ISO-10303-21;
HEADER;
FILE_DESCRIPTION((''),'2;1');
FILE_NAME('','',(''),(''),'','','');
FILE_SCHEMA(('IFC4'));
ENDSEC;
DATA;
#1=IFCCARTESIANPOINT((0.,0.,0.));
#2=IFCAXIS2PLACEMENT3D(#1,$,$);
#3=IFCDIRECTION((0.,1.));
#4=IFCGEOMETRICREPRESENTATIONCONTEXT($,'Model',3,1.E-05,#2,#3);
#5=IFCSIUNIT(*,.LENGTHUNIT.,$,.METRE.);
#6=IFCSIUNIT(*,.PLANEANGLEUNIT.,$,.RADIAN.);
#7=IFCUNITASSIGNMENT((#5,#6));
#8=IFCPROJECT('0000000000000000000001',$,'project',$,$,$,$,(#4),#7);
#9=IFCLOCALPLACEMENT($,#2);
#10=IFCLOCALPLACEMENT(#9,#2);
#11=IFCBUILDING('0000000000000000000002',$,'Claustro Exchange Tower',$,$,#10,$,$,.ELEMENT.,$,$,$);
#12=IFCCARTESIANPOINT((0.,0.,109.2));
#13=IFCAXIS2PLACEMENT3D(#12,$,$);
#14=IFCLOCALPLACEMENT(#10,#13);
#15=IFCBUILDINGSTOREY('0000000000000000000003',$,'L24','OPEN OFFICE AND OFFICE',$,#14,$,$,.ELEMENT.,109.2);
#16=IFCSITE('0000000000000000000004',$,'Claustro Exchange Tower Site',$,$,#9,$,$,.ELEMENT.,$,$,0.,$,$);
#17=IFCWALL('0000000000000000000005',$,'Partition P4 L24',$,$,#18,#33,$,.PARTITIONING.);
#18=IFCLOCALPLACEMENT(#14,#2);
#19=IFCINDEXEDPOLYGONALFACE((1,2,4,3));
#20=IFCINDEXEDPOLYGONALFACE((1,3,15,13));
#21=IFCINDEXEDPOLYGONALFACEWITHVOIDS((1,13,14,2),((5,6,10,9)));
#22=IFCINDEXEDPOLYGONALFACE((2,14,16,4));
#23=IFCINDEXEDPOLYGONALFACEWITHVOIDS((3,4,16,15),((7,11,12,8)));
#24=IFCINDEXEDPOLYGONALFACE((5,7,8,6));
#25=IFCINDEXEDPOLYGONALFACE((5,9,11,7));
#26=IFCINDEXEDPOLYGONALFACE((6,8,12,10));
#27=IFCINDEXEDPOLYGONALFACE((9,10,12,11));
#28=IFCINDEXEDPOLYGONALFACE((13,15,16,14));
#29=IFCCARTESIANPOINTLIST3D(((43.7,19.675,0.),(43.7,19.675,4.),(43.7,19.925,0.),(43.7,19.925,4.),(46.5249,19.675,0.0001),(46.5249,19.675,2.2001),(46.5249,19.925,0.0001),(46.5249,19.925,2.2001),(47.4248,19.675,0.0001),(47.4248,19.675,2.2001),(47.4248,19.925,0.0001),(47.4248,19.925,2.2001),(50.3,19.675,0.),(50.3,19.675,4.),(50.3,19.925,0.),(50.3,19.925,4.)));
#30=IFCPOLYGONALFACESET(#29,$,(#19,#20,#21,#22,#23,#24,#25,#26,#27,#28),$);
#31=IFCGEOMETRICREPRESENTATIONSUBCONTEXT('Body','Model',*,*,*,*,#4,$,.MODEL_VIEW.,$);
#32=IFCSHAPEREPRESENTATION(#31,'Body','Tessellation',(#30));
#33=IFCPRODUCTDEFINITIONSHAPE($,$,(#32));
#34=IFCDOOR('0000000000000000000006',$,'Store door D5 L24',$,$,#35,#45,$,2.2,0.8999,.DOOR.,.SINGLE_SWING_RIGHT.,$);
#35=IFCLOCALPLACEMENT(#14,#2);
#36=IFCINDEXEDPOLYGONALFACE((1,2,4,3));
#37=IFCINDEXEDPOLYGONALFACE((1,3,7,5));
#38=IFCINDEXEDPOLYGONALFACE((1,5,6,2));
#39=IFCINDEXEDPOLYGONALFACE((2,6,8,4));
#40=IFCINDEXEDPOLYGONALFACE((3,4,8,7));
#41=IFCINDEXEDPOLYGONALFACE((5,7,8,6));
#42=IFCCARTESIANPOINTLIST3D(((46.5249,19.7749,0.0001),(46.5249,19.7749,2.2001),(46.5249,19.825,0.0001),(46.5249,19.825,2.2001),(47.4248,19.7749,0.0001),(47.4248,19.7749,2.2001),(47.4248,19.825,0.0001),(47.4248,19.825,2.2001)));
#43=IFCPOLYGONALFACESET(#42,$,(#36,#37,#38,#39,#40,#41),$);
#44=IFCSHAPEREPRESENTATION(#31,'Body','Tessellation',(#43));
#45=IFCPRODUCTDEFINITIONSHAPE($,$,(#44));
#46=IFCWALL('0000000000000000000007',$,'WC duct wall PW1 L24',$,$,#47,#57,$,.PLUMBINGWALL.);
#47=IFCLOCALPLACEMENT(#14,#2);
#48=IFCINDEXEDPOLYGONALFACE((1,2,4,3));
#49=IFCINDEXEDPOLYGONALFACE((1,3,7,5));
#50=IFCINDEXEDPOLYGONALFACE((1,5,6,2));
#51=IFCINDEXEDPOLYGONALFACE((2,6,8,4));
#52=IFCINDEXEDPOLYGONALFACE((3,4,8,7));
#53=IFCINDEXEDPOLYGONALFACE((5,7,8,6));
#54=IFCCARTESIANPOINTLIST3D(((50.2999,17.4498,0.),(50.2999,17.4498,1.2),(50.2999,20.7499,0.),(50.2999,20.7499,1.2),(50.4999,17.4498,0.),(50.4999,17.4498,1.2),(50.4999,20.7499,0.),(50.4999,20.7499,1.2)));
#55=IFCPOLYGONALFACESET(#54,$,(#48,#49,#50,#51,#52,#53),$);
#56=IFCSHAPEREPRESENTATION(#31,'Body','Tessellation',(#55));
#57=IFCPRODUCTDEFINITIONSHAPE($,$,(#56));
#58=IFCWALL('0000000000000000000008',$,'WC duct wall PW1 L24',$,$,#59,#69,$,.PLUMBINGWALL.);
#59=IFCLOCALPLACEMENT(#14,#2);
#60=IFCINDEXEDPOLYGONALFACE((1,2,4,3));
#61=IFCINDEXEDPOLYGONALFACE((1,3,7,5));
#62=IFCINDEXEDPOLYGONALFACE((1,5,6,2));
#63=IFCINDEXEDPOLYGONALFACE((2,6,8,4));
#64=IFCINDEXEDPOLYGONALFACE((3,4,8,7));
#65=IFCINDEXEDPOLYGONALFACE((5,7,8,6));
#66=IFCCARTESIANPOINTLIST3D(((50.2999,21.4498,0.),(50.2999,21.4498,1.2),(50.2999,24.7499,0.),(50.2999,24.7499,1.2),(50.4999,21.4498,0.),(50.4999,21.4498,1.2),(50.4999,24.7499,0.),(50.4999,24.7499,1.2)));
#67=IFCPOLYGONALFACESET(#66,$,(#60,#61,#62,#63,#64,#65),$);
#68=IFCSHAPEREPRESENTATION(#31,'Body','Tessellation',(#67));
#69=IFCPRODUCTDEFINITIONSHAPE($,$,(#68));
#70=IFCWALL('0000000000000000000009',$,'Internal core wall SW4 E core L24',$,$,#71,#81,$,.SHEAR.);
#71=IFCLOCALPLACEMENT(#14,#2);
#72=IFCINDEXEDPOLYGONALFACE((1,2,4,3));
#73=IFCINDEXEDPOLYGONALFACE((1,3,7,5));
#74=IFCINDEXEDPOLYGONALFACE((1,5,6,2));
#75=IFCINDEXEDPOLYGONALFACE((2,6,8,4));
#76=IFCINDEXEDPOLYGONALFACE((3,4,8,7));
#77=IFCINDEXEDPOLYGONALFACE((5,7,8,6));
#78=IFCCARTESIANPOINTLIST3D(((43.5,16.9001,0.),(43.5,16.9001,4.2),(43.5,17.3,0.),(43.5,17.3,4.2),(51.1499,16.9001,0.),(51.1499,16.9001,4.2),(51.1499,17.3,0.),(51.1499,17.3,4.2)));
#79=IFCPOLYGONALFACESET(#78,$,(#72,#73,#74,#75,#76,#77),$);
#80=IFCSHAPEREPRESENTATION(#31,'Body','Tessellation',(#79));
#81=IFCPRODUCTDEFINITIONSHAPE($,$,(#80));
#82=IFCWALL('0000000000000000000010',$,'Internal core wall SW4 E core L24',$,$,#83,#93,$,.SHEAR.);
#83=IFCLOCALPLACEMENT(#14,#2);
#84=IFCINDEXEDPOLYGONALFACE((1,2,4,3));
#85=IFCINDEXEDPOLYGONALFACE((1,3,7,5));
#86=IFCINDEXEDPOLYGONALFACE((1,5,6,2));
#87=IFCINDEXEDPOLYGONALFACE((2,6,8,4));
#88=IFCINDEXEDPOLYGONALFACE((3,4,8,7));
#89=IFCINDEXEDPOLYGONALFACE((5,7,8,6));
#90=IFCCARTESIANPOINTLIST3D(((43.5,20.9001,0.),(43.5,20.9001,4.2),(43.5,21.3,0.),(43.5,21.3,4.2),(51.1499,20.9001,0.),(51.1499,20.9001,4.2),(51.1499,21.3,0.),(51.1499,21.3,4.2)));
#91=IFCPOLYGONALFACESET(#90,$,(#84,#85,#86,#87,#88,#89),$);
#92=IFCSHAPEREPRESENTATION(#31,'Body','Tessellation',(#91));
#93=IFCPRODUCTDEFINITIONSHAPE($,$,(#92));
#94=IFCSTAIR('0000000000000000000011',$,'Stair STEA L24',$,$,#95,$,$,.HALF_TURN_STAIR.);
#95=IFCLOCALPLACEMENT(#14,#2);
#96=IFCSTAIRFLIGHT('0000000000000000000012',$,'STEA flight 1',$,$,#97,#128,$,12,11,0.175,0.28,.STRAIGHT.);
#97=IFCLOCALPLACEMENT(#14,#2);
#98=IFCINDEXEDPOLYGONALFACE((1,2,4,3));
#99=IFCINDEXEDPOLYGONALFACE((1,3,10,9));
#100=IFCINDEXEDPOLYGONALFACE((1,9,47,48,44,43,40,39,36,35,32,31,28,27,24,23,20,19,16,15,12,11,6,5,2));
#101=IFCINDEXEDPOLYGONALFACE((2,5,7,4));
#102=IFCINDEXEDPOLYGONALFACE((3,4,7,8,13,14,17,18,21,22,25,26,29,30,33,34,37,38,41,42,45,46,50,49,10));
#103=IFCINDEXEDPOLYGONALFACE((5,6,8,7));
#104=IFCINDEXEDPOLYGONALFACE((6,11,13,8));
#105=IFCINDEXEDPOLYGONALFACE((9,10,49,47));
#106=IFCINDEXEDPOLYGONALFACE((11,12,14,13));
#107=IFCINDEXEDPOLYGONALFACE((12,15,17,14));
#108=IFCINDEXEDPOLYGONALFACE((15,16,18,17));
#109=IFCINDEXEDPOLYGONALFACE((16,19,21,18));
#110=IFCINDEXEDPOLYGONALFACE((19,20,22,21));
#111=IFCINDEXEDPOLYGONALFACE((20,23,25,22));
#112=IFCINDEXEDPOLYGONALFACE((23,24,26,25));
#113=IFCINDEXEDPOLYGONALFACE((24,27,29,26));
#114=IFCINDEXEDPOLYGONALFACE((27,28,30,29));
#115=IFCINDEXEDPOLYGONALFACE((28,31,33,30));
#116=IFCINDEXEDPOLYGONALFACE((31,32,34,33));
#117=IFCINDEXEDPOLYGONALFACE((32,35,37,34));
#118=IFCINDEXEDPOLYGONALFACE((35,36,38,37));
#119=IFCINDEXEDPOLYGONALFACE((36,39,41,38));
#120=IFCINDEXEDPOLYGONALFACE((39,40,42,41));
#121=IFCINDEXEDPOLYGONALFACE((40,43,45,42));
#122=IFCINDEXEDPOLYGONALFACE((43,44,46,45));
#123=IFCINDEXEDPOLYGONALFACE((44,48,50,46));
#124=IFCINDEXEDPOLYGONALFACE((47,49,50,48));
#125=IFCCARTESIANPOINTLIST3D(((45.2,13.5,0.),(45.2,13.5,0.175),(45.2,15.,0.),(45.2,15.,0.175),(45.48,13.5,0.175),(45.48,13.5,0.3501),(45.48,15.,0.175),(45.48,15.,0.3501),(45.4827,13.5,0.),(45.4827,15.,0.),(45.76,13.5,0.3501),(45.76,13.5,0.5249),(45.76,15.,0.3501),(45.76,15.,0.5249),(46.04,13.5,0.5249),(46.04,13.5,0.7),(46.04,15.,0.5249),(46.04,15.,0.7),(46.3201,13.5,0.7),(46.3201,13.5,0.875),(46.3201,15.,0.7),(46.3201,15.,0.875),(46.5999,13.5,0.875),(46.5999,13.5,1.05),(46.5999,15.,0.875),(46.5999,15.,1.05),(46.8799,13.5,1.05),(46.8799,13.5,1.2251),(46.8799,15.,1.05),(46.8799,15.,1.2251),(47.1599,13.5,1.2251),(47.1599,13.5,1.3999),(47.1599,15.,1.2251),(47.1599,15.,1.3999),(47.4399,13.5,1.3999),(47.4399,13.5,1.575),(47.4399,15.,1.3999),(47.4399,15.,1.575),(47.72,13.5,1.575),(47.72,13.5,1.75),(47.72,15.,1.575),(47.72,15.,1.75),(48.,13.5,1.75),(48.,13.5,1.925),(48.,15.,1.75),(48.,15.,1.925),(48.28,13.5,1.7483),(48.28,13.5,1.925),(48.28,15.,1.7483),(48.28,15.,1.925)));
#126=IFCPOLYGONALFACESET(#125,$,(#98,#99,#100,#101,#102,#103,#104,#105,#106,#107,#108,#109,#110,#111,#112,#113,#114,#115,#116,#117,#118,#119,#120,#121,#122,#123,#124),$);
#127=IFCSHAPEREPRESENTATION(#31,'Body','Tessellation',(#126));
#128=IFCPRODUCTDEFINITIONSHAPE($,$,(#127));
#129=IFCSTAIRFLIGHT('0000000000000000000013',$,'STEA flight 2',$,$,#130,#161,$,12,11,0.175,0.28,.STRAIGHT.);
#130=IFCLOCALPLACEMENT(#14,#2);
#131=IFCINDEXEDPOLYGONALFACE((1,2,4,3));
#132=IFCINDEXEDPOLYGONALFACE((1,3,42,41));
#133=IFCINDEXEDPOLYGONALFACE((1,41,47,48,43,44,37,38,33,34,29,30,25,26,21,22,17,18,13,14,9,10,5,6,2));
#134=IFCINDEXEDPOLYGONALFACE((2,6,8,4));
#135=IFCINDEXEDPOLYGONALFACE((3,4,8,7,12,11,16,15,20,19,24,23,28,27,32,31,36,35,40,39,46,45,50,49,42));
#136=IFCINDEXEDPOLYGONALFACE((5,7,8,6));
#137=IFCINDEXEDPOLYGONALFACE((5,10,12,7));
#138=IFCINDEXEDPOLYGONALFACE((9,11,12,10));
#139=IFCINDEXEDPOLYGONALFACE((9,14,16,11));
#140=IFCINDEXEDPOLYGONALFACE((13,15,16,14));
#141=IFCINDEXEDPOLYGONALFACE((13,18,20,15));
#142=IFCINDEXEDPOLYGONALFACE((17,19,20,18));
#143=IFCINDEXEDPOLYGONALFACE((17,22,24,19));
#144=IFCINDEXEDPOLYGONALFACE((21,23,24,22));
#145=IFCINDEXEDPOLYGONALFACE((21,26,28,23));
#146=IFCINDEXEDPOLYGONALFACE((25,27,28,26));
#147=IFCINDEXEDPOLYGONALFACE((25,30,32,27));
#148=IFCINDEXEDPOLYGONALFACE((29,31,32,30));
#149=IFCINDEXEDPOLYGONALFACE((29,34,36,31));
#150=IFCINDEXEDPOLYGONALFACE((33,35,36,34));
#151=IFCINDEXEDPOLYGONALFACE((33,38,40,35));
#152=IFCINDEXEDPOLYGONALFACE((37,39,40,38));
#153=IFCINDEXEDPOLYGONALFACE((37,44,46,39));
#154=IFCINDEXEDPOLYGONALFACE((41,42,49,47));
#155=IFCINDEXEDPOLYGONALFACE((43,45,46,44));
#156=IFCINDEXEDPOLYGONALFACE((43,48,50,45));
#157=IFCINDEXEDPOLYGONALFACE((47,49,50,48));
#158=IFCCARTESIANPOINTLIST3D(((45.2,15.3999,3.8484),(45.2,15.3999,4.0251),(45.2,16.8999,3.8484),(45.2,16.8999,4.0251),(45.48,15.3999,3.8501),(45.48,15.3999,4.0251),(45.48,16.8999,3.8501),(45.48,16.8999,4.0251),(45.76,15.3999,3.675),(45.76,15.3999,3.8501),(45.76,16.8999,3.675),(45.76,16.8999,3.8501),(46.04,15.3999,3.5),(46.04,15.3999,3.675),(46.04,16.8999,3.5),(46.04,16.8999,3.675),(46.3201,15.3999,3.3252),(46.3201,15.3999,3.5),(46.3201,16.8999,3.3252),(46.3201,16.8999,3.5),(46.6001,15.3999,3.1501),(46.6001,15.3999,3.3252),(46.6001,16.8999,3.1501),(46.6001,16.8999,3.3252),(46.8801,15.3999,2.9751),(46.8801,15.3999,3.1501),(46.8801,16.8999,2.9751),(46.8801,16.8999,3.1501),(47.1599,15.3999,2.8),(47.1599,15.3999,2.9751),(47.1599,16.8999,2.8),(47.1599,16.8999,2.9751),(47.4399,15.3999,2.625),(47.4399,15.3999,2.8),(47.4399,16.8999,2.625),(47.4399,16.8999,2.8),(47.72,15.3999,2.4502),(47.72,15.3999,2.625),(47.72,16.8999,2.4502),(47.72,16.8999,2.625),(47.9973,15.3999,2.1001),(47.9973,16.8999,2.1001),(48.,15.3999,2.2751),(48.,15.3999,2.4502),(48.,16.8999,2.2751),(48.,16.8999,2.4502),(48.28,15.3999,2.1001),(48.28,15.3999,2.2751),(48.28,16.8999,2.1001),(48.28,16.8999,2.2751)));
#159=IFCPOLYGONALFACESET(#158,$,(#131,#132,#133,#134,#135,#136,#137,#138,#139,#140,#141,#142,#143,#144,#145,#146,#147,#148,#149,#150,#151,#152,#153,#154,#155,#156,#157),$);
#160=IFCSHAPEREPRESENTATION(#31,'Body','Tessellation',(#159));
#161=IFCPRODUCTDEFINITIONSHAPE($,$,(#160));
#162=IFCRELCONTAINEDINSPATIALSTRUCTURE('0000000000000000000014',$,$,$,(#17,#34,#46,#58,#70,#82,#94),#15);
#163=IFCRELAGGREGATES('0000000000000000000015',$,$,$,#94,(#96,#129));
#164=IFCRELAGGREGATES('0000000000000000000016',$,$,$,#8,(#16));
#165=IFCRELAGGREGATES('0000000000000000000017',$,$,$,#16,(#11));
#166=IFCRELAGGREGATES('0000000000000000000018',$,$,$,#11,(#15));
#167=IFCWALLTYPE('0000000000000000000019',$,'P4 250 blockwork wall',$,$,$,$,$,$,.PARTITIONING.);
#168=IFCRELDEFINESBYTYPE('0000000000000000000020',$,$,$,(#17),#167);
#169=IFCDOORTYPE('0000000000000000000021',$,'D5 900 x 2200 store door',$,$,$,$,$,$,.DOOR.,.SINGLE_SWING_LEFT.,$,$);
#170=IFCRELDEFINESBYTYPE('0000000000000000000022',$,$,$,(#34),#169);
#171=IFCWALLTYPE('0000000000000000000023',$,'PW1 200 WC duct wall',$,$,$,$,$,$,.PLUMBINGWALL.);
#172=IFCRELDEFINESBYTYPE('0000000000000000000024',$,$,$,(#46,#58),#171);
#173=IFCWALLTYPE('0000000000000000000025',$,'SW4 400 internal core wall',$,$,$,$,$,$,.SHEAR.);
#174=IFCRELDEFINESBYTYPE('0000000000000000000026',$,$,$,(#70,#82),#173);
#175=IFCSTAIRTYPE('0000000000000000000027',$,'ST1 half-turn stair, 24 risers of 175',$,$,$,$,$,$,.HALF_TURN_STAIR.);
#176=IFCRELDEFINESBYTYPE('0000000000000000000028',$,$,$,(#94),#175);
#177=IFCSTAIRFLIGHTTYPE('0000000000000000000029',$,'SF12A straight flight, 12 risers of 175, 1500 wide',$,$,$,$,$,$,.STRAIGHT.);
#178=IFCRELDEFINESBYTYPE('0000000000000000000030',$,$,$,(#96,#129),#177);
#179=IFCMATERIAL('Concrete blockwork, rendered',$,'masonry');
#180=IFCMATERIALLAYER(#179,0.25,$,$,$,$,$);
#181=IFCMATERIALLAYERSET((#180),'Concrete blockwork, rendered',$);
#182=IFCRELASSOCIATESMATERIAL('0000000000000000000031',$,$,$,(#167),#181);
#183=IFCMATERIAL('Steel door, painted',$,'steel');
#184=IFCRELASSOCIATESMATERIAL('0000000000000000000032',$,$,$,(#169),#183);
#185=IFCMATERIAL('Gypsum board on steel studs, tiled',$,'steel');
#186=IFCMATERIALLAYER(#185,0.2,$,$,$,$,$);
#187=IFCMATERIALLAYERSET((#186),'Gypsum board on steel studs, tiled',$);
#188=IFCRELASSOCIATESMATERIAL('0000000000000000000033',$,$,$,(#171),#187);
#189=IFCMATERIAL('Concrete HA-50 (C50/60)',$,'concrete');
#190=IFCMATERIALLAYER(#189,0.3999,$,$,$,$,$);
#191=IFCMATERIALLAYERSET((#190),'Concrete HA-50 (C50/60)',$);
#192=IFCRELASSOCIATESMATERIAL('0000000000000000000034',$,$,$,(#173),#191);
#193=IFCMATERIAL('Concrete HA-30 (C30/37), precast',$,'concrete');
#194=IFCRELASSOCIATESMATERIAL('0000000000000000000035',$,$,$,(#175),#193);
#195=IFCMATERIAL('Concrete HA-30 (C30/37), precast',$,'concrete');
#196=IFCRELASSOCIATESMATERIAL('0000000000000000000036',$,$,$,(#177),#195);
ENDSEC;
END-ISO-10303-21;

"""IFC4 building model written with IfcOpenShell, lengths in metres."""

from ifc_helpers import new_model, si_unit, direction, frame, frame_2d, origin, place, context, subcontext, project, spatial, polyline, rectangle, outline, extrude, material, layer, layer_set, type_object, element, fill, aggregate, save


model = new_model("IFC4")

# Units and contexts
model_context = context("Model", 3, precision=1e-05, world=origin(), true_north=direction((0.0, 1.0)))
body_context = subcontext(model_context, "Body", "Model", "MODEL_VIEW")
ifc_project = project(units=[si_unit("LENGTHUNIT", "METRE"), si_unit("PLANEANGLEUNIT", "RADIAN")], contexts=[model_context])

# Site, building, storey
site_placement = place(None, origin())
site = spatial("IfcSite", under=ifc_project, at=site_placement, Name="Claustro Exchange Tower Site", CompositionType="ELEMENT", RefElevation=0.0)
building_placement = place(site_placement, origin())
building = spatial("IfcBuilding", under=site, at=building_placement, Name="Claustro Exchange Tower", CompositionType="ELEMENT")
storey_placement = place(building_placement, frame((0.0, 0.0, 109.2)))
storey = spatial("IfcBuildingStorey", under=building, at=storey_placement, Name="L24", Description="OPEN OFFICE AND OFFICE", CompositionType="ELEMENT", Elevation=109.2)

# Wall, opening, door
ifc_material_1 = material(Name="Concrete blockwork, rendered", Category="masonry")
ifc_layer_1 = layer(ifc_material_1, 0.25)
ifc_layer_set_1 = layer_set([ifc_layer_1], Name="Concrete blockwork, rendered")
wall_type_1 = type_object("IfcWallType", Name="P4 250 blockwork wall", PredefinedType="PARTITIONING", material=ifc_layer_set_1)
wall_placement = place(storey_placement, frame((43.7, 19.8, 0.0), z_axis=(0.0, 0.0, 1.0), x_axis=(1.0, 0.0, 0.0)))
wall = element("IfcWall", 1, at=wall_placement, inside=storey, type_object=wall_type_1, Name="Partition P4 L24", PredefinedType="PARTITIONING", context=body_context, shape_type="SweptSolid", body=[
    extrude(rectangle(XDim=6.6001, YDim=0.25, at=frame_2d((3.3, 0.0))), origin(), (0.0, 0.0, 1.0), 4.0),
])
opening_placement = place(wall_placement, frame((2.825, 0.0, 0.0)))
opening = element("IfcOpeningElement", 2, at=opening_placement, cuts=wall, PredefinedType="OPENING", context=body_context, shape_type="SweptSolid", body=[
    extrude(rectangle(XDim=0.8999, YDim=2.2, at=frame_2d((0.45, 1.1001))), frame((0.0, 0.135, 0.0), z_axis=(0.0, -1.0, 0.0), x_axis=(1.0, 0.0, 0.0)), (0.0, 0.0, 1.0), 0.27),
])
ifc_material_2 = material(Name="Steel door, painted", Category="steel")
door_type = type_object("IfcDoorType", Name="D5 900 x 2200 store door", OperationType="SINGLE_SWING_LEFT", PredefinedType="DOOR", material=ifc_material_2)
door_placement = place(opening_placement, origin())
door = element("IfcDoor", 3, at=door_placement, inside=storey, type_object=door_type, Name="Store door D5 L24", OperationType="SINGLE_SWING_RIGHT", OverallHeight=2.2, OverallWidth=0.8999, PredefinedType="DOOR", context=body_context, shape_type="SweptSolid", body=[
    extrude(rectangle(XDim=0.8999, YDim=2.2, at=frame_2d((0.45, 1.1001))), frame((0.0, 0.0249, 0.0), z_axis=(0.0, -1.0, 0.0), x_axis=(1.0, 0.0, 0.0)), (0.0, 0.0, 1.0), 0.05),
])
fill(opening, door)

# Walls
ifc_material_3 = material(Name="Gypsum board on steel studs, tiled", Category="steel")
ifc_layer_2 = layer(ifc_material_3, 0.2)
ifc_layer_set_2 = layer_set([ifc_layer_2], Name="Gypsum board on steel studs, tiled")
wall_type_2 = type_object("IfcWallType", Name="PW1 200 WC duct wall", PredefinedType="PLUMBINGWALL", material=ifc_layer_set_2)
for number, where, z_axis, x_axis, name in (
    (4, (50.3999, 17.45, 0.0), (0.0, 0.0, 1.0), (0.0, 1.0, 0.0), "WC duct wall PW1 L24"),
    (5, (50.3999, 21.45, 0.0), (0.0, 0.0, 1.0), (0.0, 1.0, 0.0), "WC duct wall PW1 L24"),
):
    element("IfcWall", number, at=place(storey_placement, frame(where, z_axis=z_axis, x_axis=x_axis)), inside=storey, type_object=wall_type_2, Name=name, PredefinedType="PLUMBINGWALL", context=body_context, shape_type="SweptSolid", body=[
        extrude(rectangle(XDim=3.3, YDim=0.2, at=frame_2d((1.6499, 0.0))), origin(), (0.0, 0.0, 1.0), 1.2),
    ])
ifc_material_4 = material(Name="Concrete HA-50 (C50/60)", Category="concrete")
ifc_layer_3 = layer(ifc_material_4, 0.3999)
ifc_layer_set_3 = layer_set([ifc_layer_3], Name="Concrete HA-50 (C50/60)")
wall_type_3 = type_object("IfcWallType", Name="SW4 400 internal core wall", PredefinedType="SHEAR", material=ifc_layer_set_3)
for number, where, z_axis, x_axis, name in (
    (6, (51.1499, 17.1001, 0.0), (0.0, 0.0, 1.0), (-1.0, 0.0, 0.0), "Internal core wall SW4 E core L24"),
    (7, (51.1499, 21.1001, 0.0), (0.0, 0.0, 1.0), (-1.0, 0.0, 0.0), "Internal core wall SW4 E core L24"),
):
    element("IfcWall", number, at=place(storey_placement, frame(where, z_axis=z_axis, x_axis=x_axis)), inside=storey, type_object=wall_type_3, Name=name, PredefinedType="SHEAR", context=body_context, shape_type="SweptSolid", body=[
        extrude(rectangle(XDim=7.6499, YDim=0.3999, at=frame_2d((3.825, 0.0))), origin(), (0.0, 0.0, 1.0), 4.2),
    ])

# Stair, stair flights
ifc_material_5 = material(Name="Concrete HA-30 (C30/37), precast", Category="concrete")
stair_type = type_object("IfcStairType", Name="ST1 half-turn stair, 24 risers of 175", PredefinedType="HALF_TURN_STAIR", material=ifc_material_5)
stair_placement = place(storey_placement, origin())
stair = element("IfcStair", 8, at=stair_placement, inside=storey, type_object=stair_type, Name="Stair STEA L24", PredefinedType="HALF_TURN_STAIR")
ifc_material_6 = material(Name="Concrete HA-30 (C30/37), precast", Category="concrete")
stair_flight_type = type_object("IfcStairFlightType", Name="SF12A straight flight, 12 risers of 175, 1500 wide", PredefinedType="STRAIGHT", material=ifc_material_6)
stair_flight_1_placement = place(storey_placement, frame((45.2, 14.25, 0.0), z_axis=(0.0, 0.0, 1.0), x_axis=(1.0, 0.0, 0.0)))
stair_flight_1 = element("IfcStairFlight", 9, at=stair_flight_1_placement, type_object=stair_flight_type, Name="STEA flight 1", NumberOfRisers=12, NumberOfTreads=11, PredefinedType="STRAIGHT", RiserHeight=0.175, TreadLength=0.28, context=body_context, shape_type="SweptSolid", body=[
    extrude(outline(polyline([(0.0, 0.0), (0.0, 0.175), (0.28, 0.175), (0.28, 0.3501), (0.5601, 0.3501), (0.5601, 0.5249), (0.8401, 0.5249), (0.8401, 0.7), (1.1201, 0.7), (1.1201, 0.875), (1.3999, 0.875), (1.3999, 1.05), (1.6799, 1.05), (1.6799, 1.2251), (1.96, 1.2251), (1.96, 1.3999), (2.24, 1.3999), (2.24, 1.575), (2.52, 1.575), (2.52, 1.75), (2.8, 1.75), (2.8, 1.925), (3.0801, 1.925), (3.0801, 2.1001), (3.0801, 1.7483), (0.2827, 0.0), (0.0, 0.0)])), frame((0.0, 0.75, 0.0), z_axis=(0.0, -1.0, 0.0), x_axis=(1.0, 0.0, 0.0)), (0.0, 0.0, 1.0), 1.5),
])
stair_flight_2_placement = place(storey_placement, frame((48.28, 16.1499, 2.1001), z_axis=(0.0, 0.0, 1.0), x_axis=(-1.0, 0.0, 0.0)))
stair_flight_2 = element("IfcStairFlight", 10, at=stair_flight_2_placement, type_object=stair_flight_type, Name="STEA flight 2", NumberOfRisers=12, NumberOfTreads=11, PredefinedType="STRAIGHT", RiserHeight=0.175, TreadLength=0.28, context=body_context, shape_type="SweptSolid", body=[
    extrude(outline(polyline([(0.0, 0.0), (0.0, 0.175), (0.28, 0.175), (0.28, 0.3501), (0.5601, 0.3501), (0.5601, 0.5249), (0.8401, 0.5249), (0.8401, 0.7), (1.1201, 0.7), (1.1201, 0.875), (1.3999, 0.875), (1.3999, 1.05), (1.6799, 1.05), (1.6799, 1.2251), (1.96, 1.2251), (1.96, 1.3999), (2.24, 1.3999), (2.24, 1.575), (2.52, 1.575), (2.52, 1.75), (2.8, 1.75), (2.8, 1.925), (3.0801, 1.925), (3.0801, 2.1001), (3.0801, 1.7483), (0.2827, 0.0), (0.0, 0.0)])), frame((0.0, 0.75, 0.0), z_axis=(0.0, -1.0, 0.0), x_axis=(1.0, 0.0, 0.0)), (0.0, 0.0, 1.0), 1.5),
])
aggregate(stair, [stair_flight_1, stair_flight_2])

save(model, "model.ifc")
